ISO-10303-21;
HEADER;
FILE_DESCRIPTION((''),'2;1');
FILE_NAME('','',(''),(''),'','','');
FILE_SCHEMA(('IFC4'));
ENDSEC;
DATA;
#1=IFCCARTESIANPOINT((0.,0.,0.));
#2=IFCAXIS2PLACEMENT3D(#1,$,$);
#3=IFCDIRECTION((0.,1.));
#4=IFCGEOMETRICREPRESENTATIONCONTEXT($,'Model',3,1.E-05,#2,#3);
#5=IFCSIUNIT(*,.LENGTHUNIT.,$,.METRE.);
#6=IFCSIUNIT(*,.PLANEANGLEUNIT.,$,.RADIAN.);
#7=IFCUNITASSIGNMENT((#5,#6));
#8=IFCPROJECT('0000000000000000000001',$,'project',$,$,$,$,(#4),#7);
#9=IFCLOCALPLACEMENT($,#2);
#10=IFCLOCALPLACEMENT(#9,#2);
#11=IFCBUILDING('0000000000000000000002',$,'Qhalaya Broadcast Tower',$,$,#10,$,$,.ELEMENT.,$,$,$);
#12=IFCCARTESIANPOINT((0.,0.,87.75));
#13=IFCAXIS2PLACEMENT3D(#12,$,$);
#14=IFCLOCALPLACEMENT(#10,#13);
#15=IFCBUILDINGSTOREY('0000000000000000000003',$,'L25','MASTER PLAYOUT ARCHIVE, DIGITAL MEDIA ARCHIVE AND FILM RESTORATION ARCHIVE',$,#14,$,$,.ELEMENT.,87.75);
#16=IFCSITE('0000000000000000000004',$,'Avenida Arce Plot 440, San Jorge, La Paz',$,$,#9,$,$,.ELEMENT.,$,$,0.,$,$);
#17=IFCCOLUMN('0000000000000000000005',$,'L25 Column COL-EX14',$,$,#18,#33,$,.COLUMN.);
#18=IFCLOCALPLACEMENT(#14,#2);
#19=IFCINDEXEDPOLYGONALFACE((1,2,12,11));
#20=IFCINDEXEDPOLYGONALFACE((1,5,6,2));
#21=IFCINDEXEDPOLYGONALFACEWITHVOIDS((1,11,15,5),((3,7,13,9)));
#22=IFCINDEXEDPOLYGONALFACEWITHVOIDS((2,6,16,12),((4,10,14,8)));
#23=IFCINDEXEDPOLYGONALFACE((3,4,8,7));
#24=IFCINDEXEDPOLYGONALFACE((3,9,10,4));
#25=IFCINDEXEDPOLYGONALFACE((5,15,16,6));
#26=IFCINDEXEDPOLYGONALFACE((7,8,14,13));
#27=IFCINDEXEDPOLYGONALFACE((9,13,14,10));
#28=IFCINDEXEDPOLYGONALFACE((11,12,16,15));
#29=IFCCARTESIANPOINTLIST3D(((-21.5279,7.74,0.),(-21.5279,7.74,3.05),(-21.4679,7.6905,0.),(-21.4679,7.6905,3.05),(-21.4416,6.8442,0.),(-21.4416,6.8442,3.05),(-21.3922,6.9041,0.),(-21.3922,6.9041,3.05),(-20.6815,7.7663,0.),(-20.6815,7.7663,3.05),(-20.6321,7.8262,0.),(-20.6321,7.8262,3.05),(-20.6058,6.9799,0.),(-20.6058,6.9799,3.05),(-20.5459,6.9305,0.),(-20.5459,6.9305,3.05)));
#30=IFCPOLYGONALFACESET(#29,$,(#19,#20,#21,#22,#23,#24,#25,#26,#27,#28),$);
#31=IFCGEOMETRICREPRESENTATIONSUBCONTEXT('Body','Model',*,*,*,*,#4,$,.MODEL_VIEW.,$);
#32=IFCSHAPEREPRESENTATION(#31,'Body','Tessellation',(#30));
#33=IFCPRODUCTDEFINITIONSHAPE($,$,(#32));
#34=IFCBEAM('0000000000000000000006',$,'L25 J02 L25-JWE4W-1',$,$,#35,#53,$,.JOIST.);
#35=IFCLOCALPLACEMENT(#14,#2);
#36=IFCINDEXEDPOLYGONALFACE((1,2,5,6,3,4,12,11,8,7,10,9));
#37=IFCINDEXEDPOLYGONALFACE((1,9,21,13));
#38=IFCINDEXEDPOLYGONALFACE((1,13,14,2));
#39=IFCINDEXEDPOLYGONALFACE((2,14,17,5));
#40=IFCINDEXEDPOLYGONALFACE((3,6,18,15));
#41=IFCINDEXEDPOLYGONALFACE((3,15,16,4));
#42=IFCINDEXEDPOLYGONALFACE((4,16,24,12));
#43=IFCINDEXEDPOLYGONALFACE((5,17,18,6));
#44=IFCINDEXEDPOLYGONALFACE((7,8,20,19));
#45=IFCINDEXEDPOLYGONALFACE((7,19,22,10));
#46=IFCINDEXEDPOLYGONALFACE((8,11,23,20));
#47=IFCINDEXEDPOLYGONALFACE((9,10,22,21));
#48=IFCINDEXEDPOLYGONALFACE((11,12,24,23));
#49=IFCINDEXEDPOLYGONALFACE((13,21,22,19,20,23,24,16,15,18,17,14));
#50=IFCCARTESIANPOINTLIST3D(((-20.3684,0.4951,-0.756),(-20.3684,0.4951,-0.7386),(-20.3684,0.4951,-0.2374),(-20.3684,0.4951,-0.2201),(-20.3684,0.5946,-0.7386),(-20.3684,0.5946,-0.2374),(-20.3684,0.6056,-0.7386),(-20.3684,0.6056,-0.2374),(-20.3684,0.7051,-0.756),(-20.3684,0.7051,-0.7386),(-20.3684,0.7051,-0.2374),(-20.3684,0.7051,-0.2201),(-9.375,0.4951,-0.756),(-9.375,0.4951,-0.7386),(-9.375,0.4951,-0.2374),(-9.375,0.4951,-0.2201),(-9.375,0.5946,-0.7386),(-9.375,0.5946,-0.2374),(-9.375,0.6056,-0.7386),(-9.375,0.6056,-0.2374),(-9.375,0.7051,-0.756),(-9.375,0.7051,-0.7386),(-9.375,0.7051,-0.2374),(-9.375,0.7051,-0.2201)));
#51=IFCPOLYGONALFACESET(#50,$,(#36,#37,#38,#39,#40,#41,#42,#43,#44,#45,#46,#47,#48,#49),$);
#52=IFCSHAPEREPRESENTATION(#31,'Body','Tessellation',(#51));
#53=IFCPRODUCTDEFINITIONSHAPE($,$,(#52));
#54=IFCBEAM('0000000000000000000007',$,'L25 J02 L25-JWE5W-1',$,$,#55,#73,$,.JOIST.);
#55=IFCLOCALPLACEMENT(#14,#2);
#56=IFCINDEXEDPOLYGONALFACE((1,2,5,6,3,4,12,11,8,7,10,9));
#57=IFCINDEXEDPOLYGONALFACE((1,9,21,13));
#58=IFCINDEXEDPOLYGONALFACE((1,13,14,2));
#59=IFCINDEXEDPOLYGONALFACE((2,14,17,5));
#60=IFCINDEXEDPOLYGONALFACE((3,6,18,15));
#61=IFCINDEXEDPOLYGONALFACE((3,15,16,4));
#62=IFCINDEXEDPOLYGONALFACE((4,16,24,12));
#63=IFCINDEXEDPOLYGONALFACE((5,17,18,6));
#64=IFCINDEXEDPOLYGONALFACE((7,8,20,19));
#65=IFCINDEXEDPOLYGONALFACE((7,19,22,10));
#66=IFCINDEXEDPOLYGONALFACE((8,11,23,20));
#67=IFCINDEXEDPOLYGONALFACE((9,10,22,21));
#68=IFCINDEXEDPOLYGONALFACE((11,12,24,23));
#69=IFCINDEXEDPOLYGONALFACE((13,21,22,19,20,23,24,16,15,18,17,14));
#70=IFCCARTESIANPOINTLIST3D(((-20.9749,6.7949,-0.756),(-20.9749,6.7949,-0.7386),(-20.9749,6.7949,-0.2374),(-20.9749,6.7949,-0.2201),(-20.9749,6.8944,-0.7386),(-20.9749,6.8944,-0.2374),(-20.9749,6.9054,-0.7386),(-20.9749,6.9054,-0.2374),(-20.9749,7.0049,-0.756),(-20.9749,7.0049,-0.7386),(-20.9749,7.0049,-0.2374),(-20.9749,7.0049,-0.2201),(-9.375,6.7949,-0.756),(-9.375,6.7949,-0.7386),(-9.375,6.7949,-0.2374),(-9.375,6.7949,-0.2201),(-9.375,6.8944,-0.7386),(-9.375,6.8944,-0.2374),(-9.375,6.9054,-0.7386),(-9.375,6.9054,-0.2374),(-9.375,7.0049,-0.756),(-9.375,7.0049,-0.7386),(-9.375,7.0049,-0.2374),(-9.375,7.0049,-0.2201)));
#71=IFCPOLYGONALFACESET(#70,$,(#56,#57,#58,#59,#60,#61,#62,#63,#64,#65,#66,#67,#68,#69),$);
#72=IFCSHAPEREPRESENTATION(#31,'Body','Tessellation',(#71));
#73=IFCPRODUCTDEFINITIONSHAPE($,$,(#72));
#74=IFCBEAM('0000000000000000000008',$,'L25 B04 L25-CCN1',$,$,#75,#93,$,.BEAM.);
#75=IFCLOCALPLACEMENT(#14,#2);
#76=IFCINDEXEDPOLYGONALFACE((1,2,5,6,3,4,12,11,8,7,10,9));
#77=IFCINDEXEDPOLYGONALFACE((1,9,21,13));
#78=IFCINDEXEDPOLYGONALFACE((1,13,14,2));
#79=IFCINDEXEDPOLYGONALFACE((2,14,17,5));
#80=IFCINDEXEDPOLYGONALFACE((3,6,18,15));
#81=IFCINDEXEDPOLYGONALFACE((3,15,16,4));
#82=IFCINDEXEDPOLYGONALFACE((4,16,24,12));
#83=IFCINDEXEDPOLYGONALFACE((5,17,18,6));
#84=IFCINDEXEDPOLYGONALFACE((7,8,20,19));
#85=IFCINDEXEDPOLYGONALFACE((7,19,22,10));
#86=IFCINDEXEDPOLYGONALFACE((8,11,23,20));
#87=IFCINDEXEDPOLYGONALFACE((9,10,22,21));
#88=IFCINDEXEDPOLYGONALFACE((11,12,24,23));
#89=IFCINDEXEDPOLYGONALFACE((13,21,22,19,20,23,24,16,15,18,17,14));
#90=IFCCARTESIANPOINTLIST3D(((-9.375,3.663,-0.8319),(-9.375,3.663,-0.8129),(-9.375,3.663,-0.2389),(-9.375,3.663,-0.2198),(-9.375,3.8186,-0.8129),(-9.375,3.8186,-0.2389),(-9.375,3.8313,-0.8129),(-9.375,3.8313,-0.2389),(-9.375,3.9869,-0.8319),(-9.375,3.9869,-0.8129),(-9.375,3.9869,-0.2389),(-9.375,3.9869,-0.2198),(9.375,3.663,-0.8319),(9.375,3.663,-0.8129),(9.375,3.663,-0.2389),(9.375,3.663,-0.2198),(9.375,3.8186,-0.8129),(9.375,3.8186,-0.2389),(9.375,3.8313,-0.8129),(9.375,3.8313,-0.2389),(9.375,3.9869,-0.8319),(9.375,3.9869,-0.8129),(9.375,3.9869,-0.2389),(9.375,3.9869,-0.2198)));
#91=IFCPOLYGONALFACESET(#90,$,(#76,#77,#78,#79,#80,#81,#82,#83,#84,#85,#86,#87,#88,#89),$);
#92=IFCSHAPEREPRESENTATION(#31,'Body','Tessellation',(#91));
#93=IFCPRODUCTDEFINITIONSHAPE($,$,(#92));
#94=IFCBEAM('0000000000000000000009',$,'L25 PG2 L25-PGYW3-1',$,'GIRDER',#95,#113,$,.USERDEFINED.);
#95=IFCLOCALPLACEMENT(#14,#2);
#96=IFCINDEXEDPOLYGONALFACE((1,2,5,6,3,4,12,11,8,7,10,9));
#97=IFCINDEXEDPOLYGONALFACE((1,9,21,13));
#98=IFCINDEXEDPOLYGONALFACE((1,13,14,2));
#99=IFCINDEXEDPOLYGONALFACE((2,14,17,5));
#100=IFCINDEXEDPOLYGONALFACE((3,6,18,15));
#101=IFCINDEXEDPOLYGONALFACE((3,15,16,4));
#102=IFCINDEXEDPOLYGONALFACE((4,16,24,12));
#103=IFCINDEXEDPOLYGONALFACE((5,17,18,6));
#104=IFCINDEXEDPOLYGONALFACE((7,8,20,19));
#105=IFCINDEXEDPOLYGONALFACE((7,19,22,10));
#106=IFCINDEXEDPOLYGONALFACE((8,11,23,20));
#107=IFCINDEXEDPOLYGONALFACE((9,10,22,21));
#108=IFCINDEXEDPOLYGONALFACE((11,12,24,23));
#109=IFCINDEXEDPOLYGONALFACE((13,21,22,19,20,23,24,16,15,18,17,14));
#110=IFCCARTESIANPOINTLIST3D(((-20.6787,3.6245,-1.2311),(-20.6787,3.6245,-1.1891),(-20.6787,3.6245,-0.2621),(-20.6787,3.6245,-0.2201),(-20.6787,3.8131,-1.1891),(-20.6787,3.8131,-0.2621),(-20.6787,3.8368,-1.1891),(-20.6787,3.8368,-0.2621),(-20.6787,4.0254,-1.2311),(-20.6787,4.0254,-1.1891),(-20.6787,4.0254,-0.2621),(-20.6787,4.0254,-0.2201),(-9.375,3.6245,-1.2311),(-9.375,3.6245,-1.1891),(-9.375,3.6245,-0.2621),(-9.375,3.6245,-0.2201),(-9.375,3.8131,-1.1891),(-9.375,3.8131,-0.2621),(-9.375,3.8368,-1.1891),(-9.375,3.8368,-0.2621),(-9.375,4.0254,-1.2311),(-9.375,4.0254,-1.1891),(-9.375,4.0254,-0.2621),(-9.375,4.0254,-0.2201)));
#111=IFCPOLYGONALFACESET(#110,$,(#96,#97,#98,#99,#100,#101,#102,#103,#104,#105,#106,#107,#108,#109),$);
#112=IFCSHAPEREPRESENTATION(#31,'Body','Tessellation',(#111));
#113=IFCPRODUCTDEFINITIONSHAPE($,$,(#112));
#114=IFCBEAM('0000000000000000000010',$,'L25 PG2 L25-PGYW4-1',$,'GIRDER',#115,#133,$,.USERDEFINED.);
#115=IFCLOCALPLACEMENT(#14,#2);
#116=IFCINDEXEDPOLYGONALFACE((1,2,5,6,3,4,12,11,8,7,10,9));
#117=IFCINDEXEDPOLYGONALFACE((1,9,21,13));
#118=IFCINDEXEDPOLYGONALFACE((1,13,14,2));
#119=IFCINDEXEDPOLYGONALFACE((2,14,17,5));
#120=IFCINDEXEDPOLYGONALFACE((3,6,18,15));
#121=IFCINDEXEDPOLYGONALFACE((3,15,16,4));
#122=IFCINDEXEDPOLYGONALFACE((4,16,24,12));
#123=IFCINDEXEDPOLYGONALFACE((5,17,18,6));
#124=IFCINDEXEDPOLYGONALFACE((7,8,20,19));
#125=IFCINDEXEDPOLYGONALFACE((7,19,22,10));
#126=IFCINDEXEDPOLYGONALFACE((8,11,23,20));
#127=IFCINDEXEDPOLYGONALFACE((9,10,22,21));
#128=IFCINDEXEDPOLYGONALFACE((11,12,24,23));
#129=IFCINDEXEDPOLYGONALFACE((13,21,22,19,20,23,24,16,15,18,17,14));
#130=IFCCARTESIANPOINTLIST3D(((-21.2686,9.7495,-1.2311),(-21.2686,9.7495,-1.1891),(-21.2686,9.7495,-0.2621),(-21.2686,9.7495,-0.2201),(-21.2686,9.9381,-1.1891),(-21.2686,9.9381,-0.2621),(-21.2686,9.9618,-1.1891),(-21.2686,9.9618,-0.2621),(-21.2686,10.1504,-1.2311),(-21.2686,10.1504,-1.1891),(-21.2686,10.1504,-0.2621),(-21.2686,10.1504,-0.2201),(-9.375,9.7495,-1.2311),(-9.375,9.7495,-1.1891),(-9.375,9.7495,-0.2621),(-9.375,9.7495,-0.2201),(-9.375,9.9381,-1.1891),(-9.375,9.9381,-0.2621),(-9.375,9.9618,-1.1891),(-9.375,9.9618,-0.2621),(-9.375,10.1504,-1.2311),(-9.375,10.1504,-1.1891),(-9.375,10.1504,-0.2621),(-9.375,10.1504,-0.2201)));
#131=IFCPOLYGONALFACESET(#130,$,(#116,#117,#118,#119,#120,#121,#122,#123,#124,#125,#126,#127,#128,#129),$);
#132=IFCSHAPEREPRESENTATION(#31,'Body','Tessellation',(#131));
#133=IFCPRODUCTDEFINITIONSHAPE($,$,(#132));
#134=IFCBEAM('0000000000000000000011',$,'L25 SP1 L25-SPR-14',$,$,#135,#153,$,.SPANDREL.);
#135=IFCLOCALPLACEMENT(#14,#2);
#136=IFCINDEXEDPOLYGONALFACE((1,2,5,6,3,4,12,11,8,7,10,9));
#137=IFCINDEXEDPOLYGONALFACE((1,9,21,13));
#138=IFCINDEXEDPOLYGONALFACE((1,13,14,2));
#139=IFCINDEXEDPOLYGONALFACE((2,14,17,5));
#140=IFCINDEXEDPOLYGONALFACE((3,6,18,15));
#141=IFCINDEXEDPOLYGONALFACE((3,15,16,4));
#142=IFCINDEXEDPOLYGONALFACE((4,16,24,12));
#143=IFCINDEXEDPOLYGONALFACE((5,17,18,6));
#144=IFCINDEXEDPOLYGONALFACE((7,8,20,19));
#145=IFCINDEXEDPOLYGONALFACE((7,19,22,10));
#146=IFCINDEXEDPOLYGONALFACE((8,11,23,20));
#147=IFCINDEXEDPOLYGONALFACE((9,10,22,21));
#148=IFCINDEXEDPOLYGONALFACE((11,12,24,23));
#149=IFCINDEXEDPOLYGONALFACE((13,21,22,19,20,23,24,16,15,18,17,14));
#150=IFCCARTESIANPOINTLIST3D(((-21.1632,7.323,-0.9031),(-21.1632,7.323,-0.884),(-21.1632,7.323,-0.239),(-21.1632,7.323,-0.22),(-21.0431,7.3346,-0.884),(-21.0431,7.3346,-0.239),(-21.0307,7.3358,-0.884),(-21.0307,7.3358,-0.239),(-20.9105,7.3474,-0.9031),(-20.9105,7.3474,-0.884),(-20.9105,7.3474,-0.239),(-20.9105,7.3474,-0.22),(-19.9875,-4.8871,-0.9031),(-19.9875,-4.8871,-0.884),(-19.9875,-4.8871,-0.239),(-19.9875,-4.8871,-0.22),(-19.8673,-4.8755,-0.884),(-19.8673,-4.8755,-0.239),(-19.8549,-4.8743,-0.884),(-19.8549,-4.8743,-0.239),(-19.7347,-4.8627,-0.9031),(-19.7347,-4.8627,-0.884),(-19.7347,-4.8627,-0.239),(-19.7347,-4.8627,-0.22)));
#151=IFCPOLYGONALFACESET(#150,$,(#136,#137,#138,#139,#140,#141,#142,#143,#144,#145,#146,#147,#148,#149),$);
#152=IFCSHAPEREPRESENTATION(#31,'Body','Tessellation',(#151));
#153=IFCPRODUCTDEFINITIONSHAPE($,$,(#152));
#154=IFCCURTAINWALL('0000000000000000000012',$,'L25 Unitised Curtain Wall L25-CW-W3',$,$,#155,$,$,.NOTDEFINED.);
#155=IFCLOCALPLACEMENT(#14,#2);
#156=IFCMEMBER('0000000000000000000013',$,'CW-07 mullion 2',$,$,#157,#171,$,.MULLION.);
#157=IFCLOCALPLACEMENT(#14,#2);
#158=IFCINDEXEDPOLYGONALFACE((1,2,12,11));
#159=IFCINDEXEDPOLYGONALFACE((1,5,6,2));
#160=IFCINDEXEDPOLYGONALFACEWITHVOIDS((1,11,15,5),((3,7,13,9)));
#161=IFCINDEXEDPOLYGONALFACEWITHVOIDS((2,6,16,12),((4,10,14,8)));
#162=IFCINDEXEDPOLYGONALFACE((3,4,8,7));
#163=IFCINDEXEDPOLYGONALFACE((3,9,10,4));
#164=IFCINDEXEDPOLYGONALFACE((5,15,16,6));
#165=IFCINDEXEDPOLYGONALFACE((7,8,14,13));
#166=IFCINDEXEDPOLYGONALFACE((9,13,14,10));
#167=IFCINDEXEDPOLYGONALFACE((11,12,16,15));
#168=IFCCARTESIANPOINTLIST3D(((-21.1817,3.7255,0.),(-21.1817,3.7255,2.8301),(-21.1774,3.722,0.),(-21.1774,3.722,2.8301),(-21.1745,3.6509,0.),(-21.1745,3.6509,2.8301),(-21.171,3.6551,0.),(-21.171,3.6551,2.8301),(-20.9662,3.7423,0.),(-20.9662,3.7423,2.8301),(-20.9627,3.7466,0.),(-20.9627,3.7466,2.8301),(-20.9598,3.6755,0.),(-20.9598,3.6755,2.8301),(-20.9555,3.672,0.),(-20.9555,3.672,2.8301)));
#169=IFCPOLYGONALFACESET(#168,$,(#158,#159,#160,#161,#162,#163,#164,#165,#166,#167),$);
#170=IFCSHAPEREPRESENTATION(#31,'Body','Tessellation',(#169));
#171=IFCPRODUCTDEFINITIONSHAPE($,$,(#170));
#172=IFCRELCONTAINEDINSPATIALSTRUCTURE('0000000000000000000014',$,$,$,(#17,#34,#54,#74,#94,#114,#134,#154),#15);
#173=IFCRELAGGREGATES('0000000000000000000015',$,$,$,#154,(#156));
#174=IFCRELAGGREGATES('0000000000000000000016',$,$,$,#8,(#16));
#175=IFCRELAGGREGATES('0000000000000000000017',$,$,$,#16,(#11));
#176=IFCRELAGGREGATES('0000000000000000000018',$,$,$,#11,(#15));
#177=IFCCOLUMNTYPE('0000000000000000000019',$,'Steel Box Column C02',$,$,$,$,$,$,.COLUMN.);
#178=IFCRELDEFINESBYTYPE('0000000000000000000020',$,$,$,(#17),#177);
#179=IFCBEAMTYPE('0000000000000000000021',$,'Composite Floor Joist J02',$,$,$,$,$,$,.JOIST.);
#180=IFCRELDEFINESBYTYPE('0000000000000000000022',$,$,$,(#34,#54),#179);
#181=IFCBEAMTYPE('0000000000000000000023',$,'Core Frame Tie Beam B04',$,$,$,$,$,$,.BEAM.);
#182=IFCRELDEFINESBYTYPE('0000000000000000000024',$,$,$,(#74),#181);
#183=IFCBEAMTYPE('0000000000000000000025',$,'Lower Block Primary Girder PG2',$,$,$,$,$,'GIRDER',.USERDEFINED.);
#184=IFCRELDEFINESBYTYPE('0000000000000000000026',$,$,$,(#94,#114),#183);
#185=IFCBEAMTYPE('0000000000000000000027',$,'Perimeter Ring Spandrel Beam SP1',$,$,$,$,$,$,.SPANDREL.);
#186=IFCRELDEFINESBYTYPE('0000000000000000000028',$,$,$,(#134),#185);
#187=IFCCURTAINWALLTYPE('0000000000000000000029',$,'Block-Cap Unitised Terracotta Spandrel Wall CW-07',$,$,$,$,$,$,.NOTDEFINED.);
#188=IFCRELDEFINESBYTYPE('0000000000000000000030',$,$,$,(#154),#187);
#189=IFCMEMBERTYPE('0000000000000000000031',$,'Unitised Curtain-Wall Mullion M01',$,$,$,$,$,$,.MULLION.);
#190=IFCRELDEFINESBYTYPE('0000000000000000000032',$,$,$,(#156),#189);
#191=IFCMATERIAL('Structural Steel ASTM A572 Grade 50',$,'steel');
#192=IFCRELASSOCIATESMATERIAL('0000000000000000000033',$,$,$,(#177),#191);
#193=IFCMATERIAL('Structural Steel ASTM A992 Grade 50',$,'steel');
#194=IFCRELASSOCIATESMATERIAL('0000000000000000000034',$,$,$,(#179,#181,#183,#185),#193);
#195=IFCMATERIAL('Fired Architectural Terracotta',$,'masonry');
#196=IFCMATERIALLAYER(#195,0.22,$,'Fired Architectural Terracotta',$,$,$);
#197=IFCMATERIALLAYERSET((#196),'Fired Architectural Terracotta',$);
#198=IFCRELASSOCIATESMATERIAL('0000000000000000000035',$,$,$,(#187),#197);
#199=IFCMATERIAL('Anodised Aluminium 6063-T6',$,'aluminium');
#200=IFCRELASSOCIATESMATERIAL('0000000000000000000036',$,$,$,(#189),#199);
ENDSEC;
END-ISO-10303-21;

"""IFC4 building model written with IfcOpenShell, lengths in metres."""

from ifc_helpers import new_model, si_unit, direction, frame, origin, origin_2d, place, context, subcontext, project, spatial, hollow_rectangle, i_section, extrude, material, layer, layer_set, material_profile, profile_set, type_object, element, aggregate, save


model = new_model("IFC4")

# Units and contexts
model_context = context("Model", 3, precision=1e-05, world=origin(), true_north=direction((0.0, 1.0)))
body_context = subcontext(model_context, "Body", "Model", "MODEL_VIEW")
ifc_project = project(units=[si_unit("LENGTHUNIT", "METRE"), si_unit("PLANEANGLEUNIT", "RADIAN")], contexts=[model_context])

# Site, building, storey
site_placement = place(None, origin())
site = spatial("IfcSite", under=ifc_project, at=site_placement, Name="Avenida Arce Plot 440, San Jorge, La Paz", CompositionType="ELEMENT", RefElevation=0.0)
building_placement = place(site_placement, origin())
building = spatial("IfcBuilding", under=site, at=building_placement, Name="Qhalaya Broadcast Tower", CompositionType="ELEMENT")
storey_placement = place(building_placement, frame((0.0, 0.0, 87.75)))
storey = spatial("IfcBuildingStorey", under=building, at=storey_placement, Name="L25", Description="MASTER PLAYOUT ARCHIVE, DIGITAL MEDIA ARCHIVE AND FILM RESTORATION ARCHIVE", CompositionType="ELEMENT", Elevation=87.75)

# Column
ifc_material_1 = material(Name="Structural Steel ASTM A572 Grade 50", Category="steel")
ifc_material_profile_1 = material_profile(ifc_material_1, hollow_rectangle(XDim=0.8999, YDim=0.8999, WallThickness=0.0549, at=origin_2d()), Name="BOX 900x900x55")
ifc_profile_set_1 = profile_set([ifc_material_profile_1], Name="Structural Steel ASTM A572 Grade 50")
column_type = type_object("IfcColumnType", Name="Steel Box Column C02", PredefinedType="COLUMN", material=ifc_profile_set_1)
column_placement = place(storey_placement, frame((-21.0369, 7.3352, 0.0), z_axis=(0.0, 0.0, 1.0), x_axis=(-0.095846, 0.995396, 0.0)))
element("IfcColumn", 1, at=column_placement, inside=storey, type_object=column_type, Name="L25 Column COL-EX14", PredefinedType="COLUMN", context=body_context, shape_type="SweptSolid", body=[
    extrude(hollow_rectangle(XDim=0.8999, YDim=0.8999, WallThickness=0.0549, at=origin_2d()), origin(), (0.0, 0.0, 1.0), 3.05),
])

# Beams
ifc_material_2 = material(Name="Structural Steel ASTM A992 Grade 50", Category="steel")
ifc_material_profile_2 = material_profile(ifc_material_2, i_section(OverallWidth=0.21, OverallDepth=0.5359, WebThickness=0.011, FlangeThickness=0.0173, at=origin_2d()), Name="W21X68")
ifc_profile_set_2 = profile_set([ifc_material_profile_2], Name="Structural Steel ASTM A992 Grade 50")
beam_type_1 = type_object("IfcBeamType", Name="Composite Floor Joist J02", PredefinedType="JOIST", material=ifc_profile_set_2)
beam_1_placement = place(storey_placement, frame((-20.3684, 0.6001, -0.488), z_axis=(1.0, 0.0, 0.0), x_axis=(0.0, 1.0, 0.0)))
element("IfcBeam", 2, at=beam_1_placement, inside=storey, type_object=beam_type_1, Name="L25 J02 L25-JWE4W-1", PredefinedType="JOIST", context=body_context, shape_type="SweptSolid", body=[
    extrude(i_section(OverallWidth=0.21, OverallDepth=0.5359, WebThickness=0.011, FlangeThickness=0.0173, at=origin_2d()), origin(), (0.0, 0.0, 1.0), 10.9934),
])
beam_2_placement = place(storey_placement, frame((-20.9749, 6.8999, -0.488), z_axis=(1.0, 0.0, 0.0), x_axis=(0.0, 1.0, 0.0)))
element("IfcBeam", 3, at=beam_2_placement, inside=storey, type_object=beam_type_1, Name="L25 J02 L25-JWE5W-1", PredefinedType="JOIST", context=body_context, shape_type="SweptSolid", body=[
    extrude(i_section(OverallWidth=0.21, OverallDepth=0.5359, WebThickness=0.011, FlangeThickness=0.0173, at=origin_2d()), origin(), (0.0, 0.0, 1.0), 11.5999),
])
ifc_material_profile_3 = material_profile(ifc_material_2, i_section(OverallWidth=0.324, OverallDepth=0.6121, WebThickness=0.0127, FlangeThickness=0.019, at=origin_2d()), Name="W24X104")
ifc_profile_set_3 = profile_set([ifc_material_profile_3], Name="Structural Steel ASTM A992 Grade 50")
beam_type_2 = type_object("IfcBeamType", Name="Core Frame Tie Beam B04", PredefinedType="BEAM", material=ifc_profile_set_3)
beam_3_placement = place(storey_placement, frame((-9.375, 3.825, -0.5259), z_axis=(1.0, 0.0, 0.0), x_axis=(0.0, 1.0, 0.0)))
element("IfcBeam", 4, at=beam_3_placement, inside=storey, type_object=beam_type_2, Name="L25 B04 L25-CCN1", PredefinedType="BEAM", context=body_context, shape_type="SweptSolid", body=[
    extrude(i_section(OverallWidth=0.324, OverallDepth=0.6121, WebThickness=0.0127, FlangeThickness=0.019, at=origin_2d()), origin(), (0.0, 0.0, 1.0), 18.75),
])
ifc_material_profile_4 = material_profile(ifc_material_2, i_section(OverallWidth=0.4009, OverallDepth=1.011, WebThickness=0.0237, FlangeThickness=0.042, at=origin_2d()), Name="W40X297")
ifc_profile_set_4 = profile_set([ifc_material_profile_4], Name="Structural Steel ASTM A992 Grade 50")
beam_type_3 = type_object("IfcBeamType", Name="Lower Block Primary Girder PG2", ElementType="GIRDER", PredefinedType="USERDEFINED", material=ifc_profile_set_4)
beam_4_placement = place(storey_placement, frame((-20.6787, 3.825, -0.7256), z_axis=(1.0, 0.0, 0.0), x_axis=(0.0, 1.0, 0.0)))
element("IfcBeam", 5, at=beam_4_placement, inside=storey, type_object=beam_type_3, Name="L25 PG2 L25-PGYW3-1", ObjectType="GIRDER", PredefinedType="USERDEFINED", context=body_context, shape_type="SweptSolid", body=[
    extrude(i_section(OverallWidth=0.4009, OverallDepth=1.011, WebThickness=0.0237, FlangeThickness=0.042, at=origin_2d()), origin(), (0.0, 0.0, 1.0), 11.3037),
])
beam_5_placement = place(storey_placement, frame((-21.2686, 9.95, -0.7256), z_axis=(1.0, 0.0, 0.0), x_axis=(0.0, 1.0, 0.0)))
element("IfcBeam", 6, at=beam_5_placement, inside=storey, type_object=beam_type_3, Name="L25 PG2 L25-PGYW4-1", ObjectType="GIRDER", PredefinedType="USERDEFINED", context=body_context, shape_type="SweptSolid", body=[
    extrude(i_section(OverallWidth=0.4009, OverallDepth=1.011, WebThickness=0.0237, FlangeThickness=0.042, at=origin_2d()), origin(), (0.0, 0.0, 1.0), 11.8936),
])
ifc_material_profile_5 = material_profile(ifc_material_2, i_section(OverallWidth=0.2539, OverallDepth=0.6831, WebThickness=0.0125, FlangeThickness=0.019, at=origin_2d()), Name="W27X94")
ifc_profile_set_5 = profile_set([ifc_material_profile_5], Name="Structural Steel ASTM A992 Grade 50")
beam_type_4 = type_object("IfcBeamType", Name="Perimeter Ring Spandrel Beam SP1", PredefinedType="SPANDREL", material=ifc_profile_set_5)
beam_6_placement = place(storey_placement, frame((-21.0369, 7.3352, -0.5615), z_axis=(0.095852, -0.995396, 0.0), x_axis=(0.995396, 0.095852, 0.0)))
element("IfcBeam", 7, at=beam_6_placement, inside=storey, type_object=beam_type_4, Name="L25 SP1 L25-SPR-14", PredefinedType="SPANDREL", context=body_context, shape_type="SweptSolid", body=[
    extrude(i_section(OverallWidth=0.2539, OverallDepth=0.6831, WebThickness=0.0125, FlangeThickness=0.019, at=origin_2d()), origin(), (0.0, 0.0, 1.0), 12.2666),
])

# Curtain wall, member
ifc_material_3 = material(Name="Fired Architectural Terracotta", Category="masonry")
ifc_layer_1 = layer(ifc_material_3, 0.22, Name="Fired Architectural Terracotta")
ifc_layer_set_1 = layer_set([ifc_layer_1], Name="Fired Architectural Terracotta")
curtain_wall_type_1 = type_object("IfcCurtainWallType", Name="Block-Cap Unitised Terracotta Spandrel Wall CW-07", PredefinedType="NOTDEFINED", material=ifc_layer_set_1)
curtain_wall_1_placement = place(storey_placement, origin())
curtain_wall_1 = element("IfcCurtainWall", 8, at=curtain_wall_1_placement, inside=storey, type_object=curtain_wall_type_1, Name="L25 Unitised Curtain Wall L25-CW-W3", PredefinedType="NOTDEFINED")
ifc_material_4 = material(Name="Anodised Aluminium 6063-T6", Category="aluminium")
ifc_material_profile_6 = material_profile(ifc_material_4, hollow_rectangle(XDim=0.075, YDim=0.22, WallThickness=0.0039, at=origin_2d()), Name="ALU-MUL 75x220x4")
ifc_profile_set_6 = profile_set([ifc_material_profile_6], Name="Anodised Aluminium 6063-T6")
member_type_1 = type_object("IfcMemberType", Name="Unitised Curtain-Wall Mullion M01", PredefinedType="MULLION", material=ifc_profile_set_6)
member_1_placement = place(storey_placement, frame((-21.0686, 3.6987, 0.0), z_axis=(0.0, 0.0, 1.0), x_axis=(0.095849, -0.995396, 0.0)))
member_1 = element("IfcMember", 9, at=member_1_placement, type_object=member_type_1, Name="CW-07 mullion 2", PredefinedType="MULLION", context=body_context, shape_type="SweptSolid", body=[
    extrude(hollow_rectangle(XDim=0.075, YDim=0.22, WallThickness=0.0039, at=origin_2d()), origin(), (0.0, 0.0, 1.0), 2.8301),
])

aggregate(curtain_wall_1, [member_1])

save(model, "model.ifc")
